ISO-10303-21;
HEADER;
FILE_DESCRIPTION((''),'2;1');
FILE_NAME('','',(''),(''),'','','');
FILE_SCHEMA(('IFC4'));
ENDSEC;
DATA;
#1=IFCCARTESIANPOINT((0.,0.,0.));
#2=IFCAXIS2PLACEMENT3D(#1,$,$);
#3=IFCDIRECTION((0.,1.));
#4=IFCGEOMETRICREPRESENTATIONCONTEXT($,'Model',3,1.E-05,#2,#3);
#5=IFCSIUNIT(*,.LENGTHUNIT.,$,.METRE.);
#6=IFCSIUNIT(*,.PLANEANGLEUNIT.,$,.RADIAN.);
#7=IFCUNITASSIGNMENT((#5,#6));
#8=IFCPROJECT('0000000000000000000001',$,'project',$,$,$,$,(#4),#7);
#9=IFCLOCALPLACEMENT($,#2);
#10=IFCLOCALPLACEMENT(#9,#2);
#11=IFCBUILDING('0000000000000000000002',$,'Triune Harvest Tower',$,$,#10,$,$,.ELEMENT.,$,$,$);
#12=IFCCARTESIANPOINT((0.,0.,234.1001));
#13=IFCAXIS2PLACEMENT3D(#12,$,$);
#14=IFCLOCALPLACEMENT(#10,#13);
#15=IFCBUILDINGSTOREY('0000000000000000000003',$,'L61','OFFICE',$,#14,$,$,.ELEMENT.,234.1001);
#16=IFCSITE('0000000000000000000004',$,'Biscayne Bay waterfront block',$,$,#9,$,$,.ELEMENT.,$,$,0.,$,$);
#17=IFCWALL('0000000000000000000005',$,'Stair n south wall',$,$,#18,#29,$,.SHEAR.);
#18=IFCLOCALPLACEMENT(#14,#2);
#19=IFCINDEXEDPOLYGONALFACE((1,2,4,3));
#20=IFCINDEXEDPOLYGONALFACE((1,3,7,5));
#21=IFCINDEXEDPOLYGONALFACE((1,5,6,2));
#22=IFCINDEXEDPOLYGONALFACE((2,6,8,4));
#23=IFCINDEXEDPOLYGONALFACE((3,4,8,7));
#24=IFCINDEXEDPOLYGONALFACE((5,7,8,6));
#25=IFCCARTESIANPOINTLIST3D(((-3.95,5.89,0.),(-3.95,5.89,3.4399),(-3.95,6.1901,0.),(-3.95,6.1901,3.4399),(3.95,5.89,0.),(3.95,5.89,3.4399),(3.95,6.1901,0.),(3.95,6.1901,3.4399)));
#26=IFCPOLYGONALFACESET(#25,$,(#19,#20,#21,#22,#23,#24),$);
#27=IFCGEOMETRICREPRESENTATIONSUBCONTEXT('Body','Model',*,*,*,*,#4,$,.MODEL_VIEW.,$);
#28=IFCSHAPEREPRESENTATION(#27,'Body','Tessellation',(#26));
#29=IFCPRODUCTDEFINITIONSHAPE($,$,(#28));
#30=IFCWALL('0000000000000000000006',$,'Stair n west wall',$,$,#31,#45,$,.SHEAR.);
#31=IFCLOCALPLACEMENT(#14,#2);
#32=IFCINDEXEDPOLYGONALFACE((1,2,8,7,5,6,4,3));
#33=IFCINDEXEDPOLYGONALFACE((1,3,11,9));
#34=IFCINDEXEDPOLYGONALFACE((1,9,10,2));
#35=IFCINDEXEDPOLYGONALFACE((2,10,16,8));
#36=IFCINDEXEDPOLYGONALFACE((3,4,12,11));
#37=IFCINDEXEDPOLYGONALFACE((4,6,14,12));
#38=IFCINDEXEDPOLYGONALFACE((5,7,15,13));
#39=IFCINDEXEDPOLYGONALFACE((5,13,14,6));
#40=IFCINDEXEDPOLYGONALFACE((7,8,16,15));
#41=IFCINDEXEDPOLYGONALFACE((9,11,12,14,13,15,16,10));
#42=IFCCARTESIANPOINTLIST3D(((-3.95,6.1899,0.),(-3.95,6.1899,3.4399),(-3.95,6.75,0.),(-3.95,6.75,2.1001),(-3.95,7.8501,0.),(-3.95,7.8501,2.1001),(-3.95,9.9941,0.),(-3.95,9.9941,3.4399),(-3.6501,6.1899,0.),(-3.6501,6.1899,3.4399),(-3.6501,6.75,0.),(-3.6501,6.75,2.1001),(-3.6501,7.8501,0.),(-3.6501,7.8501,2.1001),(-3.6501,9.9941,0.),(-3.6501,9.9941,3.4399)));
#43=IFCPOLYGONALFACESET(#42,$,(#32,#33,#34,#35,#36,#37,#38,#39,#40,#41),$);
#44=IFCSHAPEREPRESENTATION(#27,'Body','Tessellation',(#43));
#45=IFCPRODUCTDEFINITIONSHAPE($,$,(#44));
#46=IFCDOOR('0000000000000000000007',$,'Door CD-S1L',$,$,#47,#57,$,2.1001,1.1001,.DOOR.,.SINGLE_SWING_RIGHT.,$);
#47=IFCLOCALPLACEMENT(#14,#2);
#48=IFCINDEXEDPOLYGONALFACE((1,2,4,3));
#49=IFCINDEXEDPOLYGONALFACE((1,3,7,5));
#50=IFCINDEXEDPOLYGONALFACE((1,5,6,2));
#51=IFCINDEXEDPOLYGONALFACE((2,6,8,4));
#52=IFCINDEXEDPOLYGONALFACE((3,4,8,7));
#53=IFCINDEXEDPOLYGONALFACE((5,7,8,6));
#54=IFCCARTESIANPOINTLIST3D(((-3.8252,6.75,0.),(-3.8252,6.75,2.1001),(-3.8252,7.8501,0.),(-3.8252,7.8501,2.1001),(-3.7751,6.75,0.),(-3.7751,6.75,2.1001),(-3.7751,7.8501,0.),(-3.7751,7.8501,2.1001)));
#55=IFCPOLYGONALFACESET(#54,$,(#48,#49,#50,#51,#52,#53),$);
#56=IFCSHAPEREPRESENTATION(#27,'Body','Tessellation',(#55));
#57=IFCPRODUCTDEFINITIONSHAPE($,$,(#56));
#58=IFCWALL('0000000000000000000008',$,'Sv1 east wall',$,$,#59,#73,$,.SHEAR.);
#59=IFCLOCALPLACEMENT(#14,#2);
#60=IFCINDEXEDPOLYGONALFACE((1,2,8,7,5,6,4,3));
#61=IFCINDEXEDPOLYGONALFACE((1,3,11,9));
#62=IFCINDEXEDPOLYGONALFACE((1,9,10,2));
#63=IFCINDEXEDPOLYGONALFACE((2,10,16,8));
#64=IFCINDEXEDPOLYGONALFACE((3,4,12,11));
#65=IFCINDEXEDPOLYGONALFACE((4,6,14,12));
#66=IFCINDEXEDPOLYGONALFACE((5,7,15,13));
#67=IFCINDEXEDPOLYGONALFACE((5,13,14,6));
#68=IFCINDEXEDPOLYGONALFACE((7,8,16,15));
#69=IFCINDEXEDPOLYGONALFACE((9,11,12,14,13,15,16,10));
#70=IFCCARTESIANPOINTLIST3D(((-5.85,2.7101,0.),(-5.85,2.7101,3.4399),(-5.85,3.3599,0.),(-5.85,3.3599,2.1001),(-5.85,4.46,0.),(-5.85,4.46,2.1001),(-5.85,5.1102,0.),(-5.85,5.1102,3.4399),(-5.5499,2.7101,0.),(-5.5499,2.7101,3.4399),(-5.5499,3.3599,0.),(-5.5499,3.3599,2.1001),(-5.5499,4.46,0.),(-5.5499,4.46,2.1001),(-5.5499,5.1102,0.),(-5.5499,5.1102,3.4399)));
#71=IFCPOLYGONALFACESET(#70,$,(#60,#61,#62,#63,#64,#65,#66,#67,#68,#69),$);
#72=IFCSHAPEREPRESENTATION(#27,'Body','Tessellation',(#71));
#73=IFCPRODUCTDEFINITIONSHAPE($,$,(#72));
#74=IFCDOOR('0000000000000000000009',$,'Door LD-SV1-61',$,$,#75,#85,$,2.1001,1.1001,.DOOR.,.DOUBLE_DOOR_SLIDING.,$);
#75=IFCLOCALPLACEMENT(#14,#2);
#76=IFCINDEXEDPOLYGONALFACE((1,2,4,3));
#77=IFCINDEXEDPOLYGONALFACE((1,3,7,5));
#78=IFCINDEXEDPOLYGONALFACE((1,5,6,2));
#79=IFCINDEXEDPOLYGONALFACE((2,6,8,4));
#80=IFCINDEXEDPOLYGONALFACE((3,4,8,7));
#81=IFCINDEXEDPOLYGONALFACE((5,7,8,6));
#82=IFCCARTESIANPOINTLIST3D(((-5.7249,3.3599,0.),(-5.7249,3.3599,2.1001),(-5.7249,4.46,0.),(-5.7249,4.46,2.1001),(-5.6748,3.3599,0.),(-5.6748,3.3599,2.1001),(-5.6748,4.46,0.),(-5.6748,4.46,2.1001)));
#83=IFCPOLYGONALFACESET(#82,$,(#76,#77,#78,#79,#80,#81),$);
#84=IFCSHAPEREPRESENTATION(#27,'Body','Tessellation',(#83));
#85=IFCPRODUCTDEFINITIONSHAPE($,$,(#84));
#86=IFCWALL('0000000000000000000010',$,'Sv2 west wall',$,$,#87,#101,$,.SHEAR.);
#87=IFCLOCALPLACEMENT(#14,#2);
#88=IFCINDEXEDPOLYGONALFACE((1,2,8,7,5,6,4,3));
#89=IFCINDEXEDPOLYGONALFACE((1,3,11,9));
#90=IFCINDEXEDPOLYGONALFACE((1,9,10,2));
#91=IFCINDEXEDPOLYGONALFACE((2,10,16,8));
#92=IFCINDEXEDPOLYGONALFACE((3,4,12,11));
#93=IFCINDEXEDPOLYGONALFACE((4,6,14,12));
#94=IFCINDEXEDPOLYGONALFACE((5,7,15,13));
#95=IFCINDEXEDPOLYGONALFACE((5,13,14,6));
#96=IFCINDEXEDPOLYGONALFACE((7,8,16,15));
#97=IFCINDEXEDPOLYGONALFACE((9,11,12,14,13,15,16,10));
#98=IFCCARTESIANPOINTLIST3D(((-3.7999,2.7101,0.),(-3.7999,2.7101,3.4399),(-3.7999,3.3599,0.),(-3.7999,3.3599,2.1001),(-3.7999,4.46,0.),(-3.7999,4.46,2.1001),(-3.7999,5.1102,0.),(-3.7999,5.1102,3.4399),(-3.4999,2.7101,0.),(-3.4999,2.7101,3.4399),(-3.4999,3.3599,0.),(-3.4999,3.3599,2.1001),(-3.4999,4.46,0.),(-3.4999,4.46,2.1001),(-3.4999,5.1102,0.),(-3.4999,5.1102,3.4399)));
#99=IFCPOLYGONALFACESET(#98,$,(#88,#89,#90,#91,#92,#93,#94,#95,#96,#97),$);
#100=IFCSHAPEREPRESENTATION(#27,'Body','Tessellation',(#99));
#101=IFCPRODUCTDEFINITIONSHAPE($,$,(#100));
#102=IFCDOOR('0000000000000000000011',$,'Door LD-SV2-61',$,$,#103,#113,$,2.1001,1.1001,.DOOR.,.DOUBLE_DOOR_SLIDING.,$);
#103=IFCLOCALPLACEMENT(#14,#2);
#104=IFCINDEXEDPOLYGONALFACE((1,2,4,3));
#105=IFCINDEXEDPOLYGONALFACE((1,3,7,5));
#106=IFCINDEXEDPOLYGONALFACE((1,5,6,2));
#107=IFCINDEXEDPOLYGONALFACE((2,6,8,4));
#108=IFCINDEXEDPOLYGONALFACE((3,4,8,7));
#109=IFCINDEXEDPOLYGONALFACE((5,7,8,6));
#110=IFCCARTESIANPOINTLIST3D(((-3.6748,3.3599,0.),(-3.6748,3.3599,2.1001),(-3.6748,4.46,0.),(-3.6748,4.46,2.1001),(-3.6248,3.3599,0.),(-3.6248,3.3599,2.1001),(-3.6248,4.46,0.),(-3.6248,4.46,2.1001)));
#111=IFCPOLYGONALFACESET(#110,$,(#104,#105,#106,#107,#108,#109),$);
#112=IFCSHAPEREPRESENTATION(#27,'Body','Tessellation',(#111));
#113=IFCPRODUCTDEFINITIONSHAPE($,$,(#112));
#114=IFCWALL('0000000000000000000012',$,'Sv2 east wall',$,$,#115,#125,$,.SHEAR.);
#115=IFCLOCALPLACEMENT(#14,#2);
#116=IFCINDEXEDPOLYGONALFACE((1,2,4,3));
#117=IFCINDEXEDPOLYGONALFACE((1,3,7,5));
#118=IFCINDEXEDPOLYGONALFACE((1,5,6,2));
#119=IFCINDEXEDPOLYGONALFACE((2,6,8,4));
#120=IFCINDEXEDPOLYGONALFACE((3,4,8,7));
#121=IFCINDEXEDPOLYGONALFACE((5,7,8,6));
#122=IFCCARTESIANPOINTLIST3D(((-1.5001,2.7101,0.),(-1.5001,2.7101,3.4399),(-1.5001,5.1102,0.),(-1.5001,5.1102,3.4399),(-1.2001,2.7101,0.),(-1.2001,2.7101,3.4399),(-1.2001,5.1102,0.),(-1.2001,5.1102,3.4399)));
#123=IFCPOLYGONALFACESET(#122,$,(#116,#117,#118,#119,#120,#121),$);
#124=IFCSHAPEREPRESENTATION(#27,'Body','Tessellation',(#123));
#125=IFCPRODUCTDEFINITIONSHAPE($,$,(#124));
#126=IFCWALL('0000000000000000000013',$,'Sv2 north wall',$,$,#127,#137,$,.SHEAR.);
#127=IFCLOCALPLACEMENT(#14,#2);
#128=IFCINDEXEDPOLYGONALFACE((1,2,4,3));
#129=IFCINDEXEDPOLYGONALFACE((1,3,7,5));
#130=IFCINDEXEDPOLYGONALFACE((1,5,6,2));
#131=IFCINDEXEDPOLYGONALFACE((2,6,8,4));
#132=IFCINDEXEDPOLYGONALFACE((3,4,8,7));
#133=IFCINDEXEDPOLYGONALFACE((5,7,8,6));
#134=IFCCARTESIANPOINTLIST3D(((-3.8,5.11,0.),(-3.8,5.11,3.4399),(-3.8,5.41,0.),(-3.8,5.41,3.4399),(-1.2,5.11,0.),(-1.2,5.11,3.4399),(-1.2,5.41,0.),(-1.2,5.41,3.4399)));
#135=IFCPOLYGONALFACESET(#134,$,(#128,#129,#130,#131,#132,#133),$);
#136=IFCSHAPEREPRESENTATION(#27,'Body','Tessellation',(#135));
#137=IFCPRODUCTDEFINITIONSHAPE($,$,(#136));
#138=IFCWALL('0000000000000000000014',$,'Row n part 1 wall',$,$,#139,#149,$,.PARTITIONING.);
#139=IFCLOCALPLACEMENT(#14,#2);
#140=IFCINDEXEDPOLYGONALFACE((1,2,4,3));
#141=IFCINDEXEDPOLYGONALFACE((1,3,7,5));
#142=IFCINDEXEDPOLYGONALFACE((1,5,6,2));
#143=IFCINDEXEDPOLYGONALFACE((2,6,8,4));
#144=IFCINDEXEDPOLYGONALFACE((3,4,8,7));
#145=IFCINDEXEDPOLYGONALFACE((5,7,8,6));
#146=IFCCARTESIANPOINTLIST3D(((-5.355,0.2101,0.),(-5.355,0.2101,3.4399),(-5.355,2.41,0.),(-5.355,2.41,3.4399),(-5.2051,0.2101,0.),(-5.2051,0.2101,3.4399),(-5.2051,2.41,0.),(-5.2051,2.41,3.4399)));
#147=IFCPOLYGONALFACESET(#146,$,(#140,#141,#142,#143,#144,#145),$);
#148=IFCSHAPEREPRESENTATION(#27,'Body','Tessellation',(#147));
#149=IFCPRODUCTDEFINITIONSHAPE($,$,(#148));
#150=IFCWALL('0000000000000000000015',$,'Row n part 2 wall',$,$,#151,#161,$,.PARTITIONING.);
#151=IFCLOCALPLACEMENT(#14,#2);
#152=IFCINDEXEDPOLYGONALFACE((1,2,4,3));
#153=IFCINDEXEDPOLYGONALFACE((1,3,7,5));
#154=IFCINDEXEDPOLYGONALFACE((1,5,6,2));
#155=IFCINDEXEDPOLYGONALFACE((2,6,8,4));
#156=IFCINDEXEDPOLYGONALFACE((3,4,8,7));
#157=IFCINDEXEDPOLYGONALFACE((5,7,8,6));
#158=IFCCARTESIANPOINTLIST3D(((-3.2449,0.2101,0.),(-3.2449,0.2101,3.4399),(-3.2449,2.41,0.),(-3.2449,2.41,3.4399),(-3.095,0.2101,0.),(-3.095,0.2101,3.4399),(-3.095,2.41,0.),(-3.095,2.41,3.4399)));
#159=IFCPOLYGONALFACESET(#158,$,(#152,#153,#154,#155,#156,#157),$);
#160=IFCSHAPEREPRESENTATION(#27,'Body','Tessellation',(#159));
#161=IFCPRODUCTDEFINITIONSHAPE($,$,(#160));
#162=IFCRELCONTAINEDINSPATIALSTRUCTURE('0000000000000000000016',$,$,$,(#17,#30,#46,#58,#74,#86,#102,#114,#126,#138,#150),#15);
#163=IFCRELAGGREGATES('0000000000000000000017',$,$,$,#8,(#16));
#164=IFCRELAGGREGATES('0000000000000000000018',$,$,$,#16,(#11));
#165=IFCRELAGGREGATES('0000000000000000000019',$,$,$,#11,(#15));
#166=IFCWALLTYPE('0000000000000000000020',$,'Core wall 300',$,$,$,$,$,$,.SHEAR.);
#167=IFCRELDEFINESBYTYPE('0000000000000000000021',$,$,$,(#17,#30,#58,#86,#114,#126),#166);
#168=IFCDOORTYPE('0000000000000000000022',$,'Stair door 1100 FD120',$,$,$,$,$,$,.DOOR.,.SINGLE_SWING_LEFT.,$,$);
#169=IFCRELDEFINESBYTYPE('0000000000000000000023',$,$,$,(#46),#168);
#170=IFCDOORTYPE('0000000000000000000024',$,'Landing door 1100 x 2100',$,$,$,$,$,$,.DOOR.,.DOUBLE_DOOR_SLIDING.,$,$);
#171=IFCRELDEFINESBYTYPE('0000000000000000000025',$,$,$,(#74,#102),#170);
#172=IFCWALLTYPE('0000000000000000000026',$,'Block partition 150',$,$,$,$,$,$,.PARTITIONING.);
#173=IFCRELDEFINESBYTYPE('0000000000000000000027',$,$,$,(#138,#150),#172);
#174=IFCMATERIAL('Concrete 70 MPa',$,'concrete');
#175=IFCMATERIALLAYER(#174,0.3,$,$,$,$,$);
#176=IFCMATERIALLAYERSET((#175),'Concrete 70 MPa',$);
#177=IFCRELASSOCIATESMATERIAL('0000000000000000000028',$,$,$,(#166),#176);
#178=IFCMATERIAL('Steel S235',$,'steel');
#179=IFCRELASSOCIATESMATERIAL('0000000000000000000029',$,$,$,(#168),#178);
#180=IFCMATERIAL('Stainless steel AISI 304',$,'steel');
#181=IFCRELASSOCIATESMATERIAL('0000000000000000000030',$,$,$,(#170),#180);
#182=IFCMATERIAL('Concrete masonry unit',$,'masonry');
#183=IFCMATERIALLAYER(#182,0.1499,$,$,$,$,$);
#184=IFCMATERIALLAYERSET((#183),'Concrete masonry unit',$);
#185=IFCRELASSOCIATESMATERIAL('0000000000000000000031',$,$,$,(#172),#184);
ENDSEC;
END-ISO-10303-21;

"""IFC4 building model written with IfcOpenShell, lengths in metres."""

from ifc_helpers import new_model, si_unit, direction, frame, frame_2d, origin, place, context, subcontext, project, spatial, polyline, rectangle, outline, extrude, source, transform, mapped, material, layer, layer_set, type_object, element, fill, save


model = new_model("IFC4")

# Units and contexts
model_context = context("Model", 3, precision=1e-05, world=origin(), true_north=direction((0.0, 1.0)))
body_context = subcontext(model_context, "Body", "Model", "MODEL_VIEW")
ifc_project = project(units=[si_unit("LENGTHUNIT", "METRE"), si_unit("PLANEANGLEUNIT", "RADIAN")], contexts=[model_context])

# Site, building, storey
site_placement = place(None, origin())
site = spatial("IfcSite", under=ifc_project, at=site_placement, Name="Biscayne Bay waterfront block", CompositionType="ELEMENT", RefElevation=0.0)
building_placement = place(site_placement, origin())
building = spatial("IfcBuilding", under=site, at=building_placement, Name="Triune Harvest Tower", CompositionType="ELEMENT")
storey_placement = place(building_placement, frame((0.0, 0.0, 234.1001)))
storey = spatial("IfcBuildingStorey", under=building, at=storey_placement, Name="L61", Description="OFFICE", CompositionType="ELEMENT", Elevation=234.1001)

# Wall
ifc_material_1 = material(Name="Concrete 70 MPa", Category="concrete")
ifc_layer_1 = layer(ifc_material_1, 0.3)
ifc_layer_set_1 = layer_set([ifc_layer_1], Name="Concrete 70 MPa")
wall_type_1 = type_object("IfcWallType", Name="Core wall 300", PredefinedType="SHEAR", material=ifc_layer_set_1)
shared_shape_1 = source(origin(), body_context, "Body", "SweptSolid", [
    extrude(rectangle(XDim=7.8999, YDim=0.3, at=frame_2d((3.95, 0.0))), origin(), (0.0, 0.0, 1.0), 3.4399),
])
wall_1_placement = place(storey_placement, frame((-3.95, 6.04, 0.0), z_axis=(0.0, 0.0, 1.0), x_axis=(1.0, 0.0, 0.0)))
element("IfcWall", 1, at=wall_1_placement, inside=storey, type_object=wall_type_1, Name="Stair n south wall", PredefinedType="SHEAR", context=body_context, shape_type="MappedRepresentation", body=[
    mapped(shared_shape_1, transform((0.0, 0.0, 0.0), scale=1.0)),
])

# Walls, openings, doors
shared_shape_2 = source(origin(), body_context, "Body", "SweptSolid", [
    extrude(outline(polyline([(0.0, -0.1499), (0.0, 0.1499), (3.8042, 0.1499), (3.8042, -0.1499), (0.0, -0.1499)])), origin(), (0.0, 0.0, 1.0), 3.4399),
])
wall_2_placement = place(storey_placement, frame((-3.8, 6.1899, 0.0), z_axis=(0.0, 0.0, 1.0), x_axis=(0.0, 1.0, 0.0)))
wall_2 = element("IfcWall", 2, at=wall_2_placement, inside=storey, type_object=wall_type_1, Name="Stair n west wall", PredefinedType="SHEAR", context=body_context, shape_type="MappedRepresentation", body=[
    mapped(shared_shape_2, transform((0.0, 0.0, 0.0), scale=1.0)),
])
opening_1_placement = place(wall_2_placement, frame((0.5601, 0.0, 0.0)))
opening_1 = element("IfcOpeningElement", 3, at=opening_1_placement, cuts=wall_2, PredefinedType="OPENING", context=body_context, shape_type="SweptSolid", body=[
    extrude(rectangle(XDim=1.1001, YDim=2.1001, at=frame_2d((0.55, 1.05))), frame((0.0, 0.1602, 0.0), z_axis=(0.0, -1.0, 0.0), x_axis=(1.0, 0.0, 0.0)), (0.0, 0.0, 1.0), 0.3201),
])
ifc_material_2 = material(Name="Steel S235", Category="steel")
door_type_1 = type_object("IfcDoorType", Name="Stair door 1100 FD120", OperationType="SINGLE_SWING_LEFT", PredefinedType="DOOR", material=ifc_material_2)
door_1_placement = place(opening_1_placement, frame((1.1001, 0.0, 0.0), z_axis=(0.0, 0.0, 1.0), x_axis=(-1.0, 0.0, 0.0)))
door_1 = element("IfcDoor", 4, at=door_1_placement, inside=storey, type_object=door_type_1, Name="Door CD-S1L", OperationType="SINGLE_SWING_RIGHT", OverallHeight=2.1001, OverallWidth=1.1001, PredefinedType="DOOR", context=body_context, shape_type="SweptSolid", body=[
    extrude(rectangle(XDim=1.1001, YDim=2.1001, at=frame_2d((0.55, 1.05))), frame((0.0, 0.0249, 0.0), z_axis=(0.0, -1.0, 0.0), x_axis=(1.0, 0.0, 0.0)), (0.0, 0.0, 1.0), 0.05),
])
fill(opening_1, door_1)
shared_shape_3 = source(origin(), body_context, "Body", "SweptSolid", [
    extrude(rectangle(XDim=2.4001, YDim=0.3, at=frame_2d((1.2002, 0.0))), origin(), (0.0, 0.0, 1.0), 3.4399),
])
wall_3_placement = place(storey_placement, frame((-5.7, 2.71, 0.0), z_axis=(0.0, 0.0, 1.0), x_axis=(0.0, 1.0, 0.0)))
wall_3 = element("IfcWall", 5, at=wall_3_placement, inside=storey, type_object=wall_type_1, Name="Sv1 east wall", PredefinedType="SHEAR", context=body_context, shape_type="MappedRepresentation", body=[
    mapped(shared_shape_3, transform((0.0, 0.0, 0.0), scale=1.0)),
])
opening_2_placement = place(wall_3_placement, frame((0.6499, 0.0, 0.0)))
opening_2 = element("IfcOpeningElement", 6, at=opening_2_placement, cuts=wall_3, PredefinedType="OPENING", context=body_context, shape_type="SweptSolid", body=[
    extrude(rectangle(XDim=1.1001, YDim=2.1001, at=frame_2d((0.55, 1.05))), frame((0.0, 0.1602, 0.0), z_axis=(0.0, -1.0, 0.0), x_axis=(1.0, 0.0, 0.0)), (0.0, 0.0, 1.0), 0.3201),
])
ifc_material_3 = material(Name="Stainless steel AISI 304", Category="steel")
door_type_2 = type_object("IfcDoorType", Name="Landing door 1100 x 2100", OperationType="DOUBLE_DOOR_SLIDING", PredefinedType="DOOR", material=ifc_material_3)
door_2_placement = place(opening_2_placement, origin())
door_2 = element("IfcDoor", 7, at=door_2_placement, inside=storey, type_object=door_type_2, Name="Door LD-SV1-61", OperationType="DOUBLE_DOOR_SLIDING", OverallHeight=2.1001, OverallWidth=1.1001, PredefinedType="DOOR", context=body_context, shape_type="SweptSolid", body=[
    extrude(rectangle(XDim=1.1001, YDim=2.1001, at=frame_2d((0.55, 1.05))), frame((0.0, 0.0249, 0.0), z_axis=(0.0, -1.0, 0.0), x_axis=(1.0, 0.0, 0.0)), (0.0, 0.0, 1.0), 0.05),
])
fill(opening_2, door_2)
wall_4_placement = place(storey_placement, frame((-3.6499, 2.71, 0.0), z_axis=(0.0, 0.0, 1.0), x_axis=(0.0, 1.0, 0.0)))
wall_4 = element("IfcWall", 8, at=wall_4_placement, inside=storey, type_object=wall_type_1, Name="Sv2 west wall", PredefinedType="SHEAR", context=body_context, shape_type="MappedRepresentation", body=[
    mapped(shared_shape_3, transform((0.0, 0.0, 0.0), scale=1.0)),
])
opening_3_placement = place(wall_4_placement, frame((0.6499, 0.0, 0.0)))
opening_3 = element("IfcOpeningElement", 9, at=opening_3_placement, cuts=wall_4, PredefinedType="OPENING", context=body_context, shape_type="SweptSolid", body=[
    extrude(rectangle(XDim=1.1001, YDim=2.1001, at=frame_2d((0.55, 1.05))), frame((0.0, 0.1602, 0.0), z_axis=(0.0, -1.0, 0.0), x_axis=(1.0, 0.0, 0.0)), (0.0, 0.0, 1.0), 0.3201),
])
door_3_placement = place(opening_3_placement, origin())
door_3 = element("IfcDoor", 10, at=door_3_placement, inside=storey, type_object=door_type_2, Name="Door LD-SV2-61", OperationType="DOUBLE_DOOR_SLIDING", OverallHeight=2.1001, OverallWidth=1.1001, PredefinedType="DOOR", context=body_context, shape_type="SweptSolid", body=[
    extrude(rectangle(XDim=1.1001, YDim=2.1001, at=frame_2d((0.55, 1.05))), frame((0.0, 0.0249, 0.0), z_axis=(0.0, -1.0, 0.0), x_axis=(1.0, 0.0, 0.0)), (0.0, 0.0, 1.0), 0.05),
])
fill(opening_3, door_3)

# Walls
wall_5_placement = place(storey_placement, frame((-1.3501, 2.71, 0.0), z_axis=(0.0, 0.0, 1.0), x_axis=(0.0, 1.0, 0.0)))
element("IfcWall", 11, at=wall_5_placement, inside=storey, type_object=wall_type_1, Name="Sv2 east wall", PredefinedType="SHEAR", context=body_context, shape_type="MappedRepresentation", body=[
    mapped(shared_shape_3, transform((0.0, 0.0, 0.0), scale=1.0)),
])
shared_shape_4 = source(origin(), body_context, "Body", "SweptSolid", [
    extrude(rectangle(XDim=2.6001, YDim=0.3, at=frame_2d((1.3, 0.0))), origin(), (0.0, 0.0, 1.0), 3.4399),
])
wall_6_placement = place(storey_placement, frame((-3.8, 5.26, 0.0), z_axis=(0.0, 0.0, 1.0), x_axis=(1.0, 0.0, 0.0)))
element("IfcWall", 12, at=wall_6_placement, inside=storey, type_object=wall_type_1, Name="Sv2 north wall", PredefinedType="SHEAR", context=body_context, shape_type="MappedRepresentation", body=[
    mapped(shared_shape_4, transform((0.0, 0.0, 0.0), scale=1.0)),
])
ifc_material_4 = material(Name="Concrete masonry unit", Category="masonry")
ifc_layer_2 = layer(ifc_material_4, 0.1499)
ifc_layer_set_2 = layer_set([ifc_layer_2], Name="Concrete masonry unit")
wall_type_2 = type_object("IfcWallType", Name="Block partition 150", PredefinedType="PARTITIONING", material=ifc_layer_set_2)
shared_shape_5 = source(origin(), body_context, "Body", "SweptSolid", [
    extrude(rectangle(XDim=2.2, YDim=0.1499, at=frame_2d((1.1001, 0.0))), origin(), (0.0, 0.0, 1.0), 3.4399),
])
for number, where, z_axis, x_axis, name in (
    (13, (-5.28, 0.21, 0.0), (0.0, 0.0, 1.0), (0.0, 1.0, 0.0), "Row n part 1 wall"),
    (14, (-3.1699, 0.21, 0.0), (0.0, 0.0, 1.0), (0.0, 1.0, 0.0), "Row n part 2 wall"),
):
    element("IfcWall", number, at=place(storey_placement, frame(where, z_axis=z_axis, x_axis=x_axis)), inside=storey, type_object=wall_type_2, Name=name, PredefinedType="PARTITIONING", context=body_context, shape_type="MappedRepresentation", body=[
        mapped(shared_shape_5, transform((0.0, 0.0, 0.0), scale=1.0)),
    ])

save(model, "model.ifc")
